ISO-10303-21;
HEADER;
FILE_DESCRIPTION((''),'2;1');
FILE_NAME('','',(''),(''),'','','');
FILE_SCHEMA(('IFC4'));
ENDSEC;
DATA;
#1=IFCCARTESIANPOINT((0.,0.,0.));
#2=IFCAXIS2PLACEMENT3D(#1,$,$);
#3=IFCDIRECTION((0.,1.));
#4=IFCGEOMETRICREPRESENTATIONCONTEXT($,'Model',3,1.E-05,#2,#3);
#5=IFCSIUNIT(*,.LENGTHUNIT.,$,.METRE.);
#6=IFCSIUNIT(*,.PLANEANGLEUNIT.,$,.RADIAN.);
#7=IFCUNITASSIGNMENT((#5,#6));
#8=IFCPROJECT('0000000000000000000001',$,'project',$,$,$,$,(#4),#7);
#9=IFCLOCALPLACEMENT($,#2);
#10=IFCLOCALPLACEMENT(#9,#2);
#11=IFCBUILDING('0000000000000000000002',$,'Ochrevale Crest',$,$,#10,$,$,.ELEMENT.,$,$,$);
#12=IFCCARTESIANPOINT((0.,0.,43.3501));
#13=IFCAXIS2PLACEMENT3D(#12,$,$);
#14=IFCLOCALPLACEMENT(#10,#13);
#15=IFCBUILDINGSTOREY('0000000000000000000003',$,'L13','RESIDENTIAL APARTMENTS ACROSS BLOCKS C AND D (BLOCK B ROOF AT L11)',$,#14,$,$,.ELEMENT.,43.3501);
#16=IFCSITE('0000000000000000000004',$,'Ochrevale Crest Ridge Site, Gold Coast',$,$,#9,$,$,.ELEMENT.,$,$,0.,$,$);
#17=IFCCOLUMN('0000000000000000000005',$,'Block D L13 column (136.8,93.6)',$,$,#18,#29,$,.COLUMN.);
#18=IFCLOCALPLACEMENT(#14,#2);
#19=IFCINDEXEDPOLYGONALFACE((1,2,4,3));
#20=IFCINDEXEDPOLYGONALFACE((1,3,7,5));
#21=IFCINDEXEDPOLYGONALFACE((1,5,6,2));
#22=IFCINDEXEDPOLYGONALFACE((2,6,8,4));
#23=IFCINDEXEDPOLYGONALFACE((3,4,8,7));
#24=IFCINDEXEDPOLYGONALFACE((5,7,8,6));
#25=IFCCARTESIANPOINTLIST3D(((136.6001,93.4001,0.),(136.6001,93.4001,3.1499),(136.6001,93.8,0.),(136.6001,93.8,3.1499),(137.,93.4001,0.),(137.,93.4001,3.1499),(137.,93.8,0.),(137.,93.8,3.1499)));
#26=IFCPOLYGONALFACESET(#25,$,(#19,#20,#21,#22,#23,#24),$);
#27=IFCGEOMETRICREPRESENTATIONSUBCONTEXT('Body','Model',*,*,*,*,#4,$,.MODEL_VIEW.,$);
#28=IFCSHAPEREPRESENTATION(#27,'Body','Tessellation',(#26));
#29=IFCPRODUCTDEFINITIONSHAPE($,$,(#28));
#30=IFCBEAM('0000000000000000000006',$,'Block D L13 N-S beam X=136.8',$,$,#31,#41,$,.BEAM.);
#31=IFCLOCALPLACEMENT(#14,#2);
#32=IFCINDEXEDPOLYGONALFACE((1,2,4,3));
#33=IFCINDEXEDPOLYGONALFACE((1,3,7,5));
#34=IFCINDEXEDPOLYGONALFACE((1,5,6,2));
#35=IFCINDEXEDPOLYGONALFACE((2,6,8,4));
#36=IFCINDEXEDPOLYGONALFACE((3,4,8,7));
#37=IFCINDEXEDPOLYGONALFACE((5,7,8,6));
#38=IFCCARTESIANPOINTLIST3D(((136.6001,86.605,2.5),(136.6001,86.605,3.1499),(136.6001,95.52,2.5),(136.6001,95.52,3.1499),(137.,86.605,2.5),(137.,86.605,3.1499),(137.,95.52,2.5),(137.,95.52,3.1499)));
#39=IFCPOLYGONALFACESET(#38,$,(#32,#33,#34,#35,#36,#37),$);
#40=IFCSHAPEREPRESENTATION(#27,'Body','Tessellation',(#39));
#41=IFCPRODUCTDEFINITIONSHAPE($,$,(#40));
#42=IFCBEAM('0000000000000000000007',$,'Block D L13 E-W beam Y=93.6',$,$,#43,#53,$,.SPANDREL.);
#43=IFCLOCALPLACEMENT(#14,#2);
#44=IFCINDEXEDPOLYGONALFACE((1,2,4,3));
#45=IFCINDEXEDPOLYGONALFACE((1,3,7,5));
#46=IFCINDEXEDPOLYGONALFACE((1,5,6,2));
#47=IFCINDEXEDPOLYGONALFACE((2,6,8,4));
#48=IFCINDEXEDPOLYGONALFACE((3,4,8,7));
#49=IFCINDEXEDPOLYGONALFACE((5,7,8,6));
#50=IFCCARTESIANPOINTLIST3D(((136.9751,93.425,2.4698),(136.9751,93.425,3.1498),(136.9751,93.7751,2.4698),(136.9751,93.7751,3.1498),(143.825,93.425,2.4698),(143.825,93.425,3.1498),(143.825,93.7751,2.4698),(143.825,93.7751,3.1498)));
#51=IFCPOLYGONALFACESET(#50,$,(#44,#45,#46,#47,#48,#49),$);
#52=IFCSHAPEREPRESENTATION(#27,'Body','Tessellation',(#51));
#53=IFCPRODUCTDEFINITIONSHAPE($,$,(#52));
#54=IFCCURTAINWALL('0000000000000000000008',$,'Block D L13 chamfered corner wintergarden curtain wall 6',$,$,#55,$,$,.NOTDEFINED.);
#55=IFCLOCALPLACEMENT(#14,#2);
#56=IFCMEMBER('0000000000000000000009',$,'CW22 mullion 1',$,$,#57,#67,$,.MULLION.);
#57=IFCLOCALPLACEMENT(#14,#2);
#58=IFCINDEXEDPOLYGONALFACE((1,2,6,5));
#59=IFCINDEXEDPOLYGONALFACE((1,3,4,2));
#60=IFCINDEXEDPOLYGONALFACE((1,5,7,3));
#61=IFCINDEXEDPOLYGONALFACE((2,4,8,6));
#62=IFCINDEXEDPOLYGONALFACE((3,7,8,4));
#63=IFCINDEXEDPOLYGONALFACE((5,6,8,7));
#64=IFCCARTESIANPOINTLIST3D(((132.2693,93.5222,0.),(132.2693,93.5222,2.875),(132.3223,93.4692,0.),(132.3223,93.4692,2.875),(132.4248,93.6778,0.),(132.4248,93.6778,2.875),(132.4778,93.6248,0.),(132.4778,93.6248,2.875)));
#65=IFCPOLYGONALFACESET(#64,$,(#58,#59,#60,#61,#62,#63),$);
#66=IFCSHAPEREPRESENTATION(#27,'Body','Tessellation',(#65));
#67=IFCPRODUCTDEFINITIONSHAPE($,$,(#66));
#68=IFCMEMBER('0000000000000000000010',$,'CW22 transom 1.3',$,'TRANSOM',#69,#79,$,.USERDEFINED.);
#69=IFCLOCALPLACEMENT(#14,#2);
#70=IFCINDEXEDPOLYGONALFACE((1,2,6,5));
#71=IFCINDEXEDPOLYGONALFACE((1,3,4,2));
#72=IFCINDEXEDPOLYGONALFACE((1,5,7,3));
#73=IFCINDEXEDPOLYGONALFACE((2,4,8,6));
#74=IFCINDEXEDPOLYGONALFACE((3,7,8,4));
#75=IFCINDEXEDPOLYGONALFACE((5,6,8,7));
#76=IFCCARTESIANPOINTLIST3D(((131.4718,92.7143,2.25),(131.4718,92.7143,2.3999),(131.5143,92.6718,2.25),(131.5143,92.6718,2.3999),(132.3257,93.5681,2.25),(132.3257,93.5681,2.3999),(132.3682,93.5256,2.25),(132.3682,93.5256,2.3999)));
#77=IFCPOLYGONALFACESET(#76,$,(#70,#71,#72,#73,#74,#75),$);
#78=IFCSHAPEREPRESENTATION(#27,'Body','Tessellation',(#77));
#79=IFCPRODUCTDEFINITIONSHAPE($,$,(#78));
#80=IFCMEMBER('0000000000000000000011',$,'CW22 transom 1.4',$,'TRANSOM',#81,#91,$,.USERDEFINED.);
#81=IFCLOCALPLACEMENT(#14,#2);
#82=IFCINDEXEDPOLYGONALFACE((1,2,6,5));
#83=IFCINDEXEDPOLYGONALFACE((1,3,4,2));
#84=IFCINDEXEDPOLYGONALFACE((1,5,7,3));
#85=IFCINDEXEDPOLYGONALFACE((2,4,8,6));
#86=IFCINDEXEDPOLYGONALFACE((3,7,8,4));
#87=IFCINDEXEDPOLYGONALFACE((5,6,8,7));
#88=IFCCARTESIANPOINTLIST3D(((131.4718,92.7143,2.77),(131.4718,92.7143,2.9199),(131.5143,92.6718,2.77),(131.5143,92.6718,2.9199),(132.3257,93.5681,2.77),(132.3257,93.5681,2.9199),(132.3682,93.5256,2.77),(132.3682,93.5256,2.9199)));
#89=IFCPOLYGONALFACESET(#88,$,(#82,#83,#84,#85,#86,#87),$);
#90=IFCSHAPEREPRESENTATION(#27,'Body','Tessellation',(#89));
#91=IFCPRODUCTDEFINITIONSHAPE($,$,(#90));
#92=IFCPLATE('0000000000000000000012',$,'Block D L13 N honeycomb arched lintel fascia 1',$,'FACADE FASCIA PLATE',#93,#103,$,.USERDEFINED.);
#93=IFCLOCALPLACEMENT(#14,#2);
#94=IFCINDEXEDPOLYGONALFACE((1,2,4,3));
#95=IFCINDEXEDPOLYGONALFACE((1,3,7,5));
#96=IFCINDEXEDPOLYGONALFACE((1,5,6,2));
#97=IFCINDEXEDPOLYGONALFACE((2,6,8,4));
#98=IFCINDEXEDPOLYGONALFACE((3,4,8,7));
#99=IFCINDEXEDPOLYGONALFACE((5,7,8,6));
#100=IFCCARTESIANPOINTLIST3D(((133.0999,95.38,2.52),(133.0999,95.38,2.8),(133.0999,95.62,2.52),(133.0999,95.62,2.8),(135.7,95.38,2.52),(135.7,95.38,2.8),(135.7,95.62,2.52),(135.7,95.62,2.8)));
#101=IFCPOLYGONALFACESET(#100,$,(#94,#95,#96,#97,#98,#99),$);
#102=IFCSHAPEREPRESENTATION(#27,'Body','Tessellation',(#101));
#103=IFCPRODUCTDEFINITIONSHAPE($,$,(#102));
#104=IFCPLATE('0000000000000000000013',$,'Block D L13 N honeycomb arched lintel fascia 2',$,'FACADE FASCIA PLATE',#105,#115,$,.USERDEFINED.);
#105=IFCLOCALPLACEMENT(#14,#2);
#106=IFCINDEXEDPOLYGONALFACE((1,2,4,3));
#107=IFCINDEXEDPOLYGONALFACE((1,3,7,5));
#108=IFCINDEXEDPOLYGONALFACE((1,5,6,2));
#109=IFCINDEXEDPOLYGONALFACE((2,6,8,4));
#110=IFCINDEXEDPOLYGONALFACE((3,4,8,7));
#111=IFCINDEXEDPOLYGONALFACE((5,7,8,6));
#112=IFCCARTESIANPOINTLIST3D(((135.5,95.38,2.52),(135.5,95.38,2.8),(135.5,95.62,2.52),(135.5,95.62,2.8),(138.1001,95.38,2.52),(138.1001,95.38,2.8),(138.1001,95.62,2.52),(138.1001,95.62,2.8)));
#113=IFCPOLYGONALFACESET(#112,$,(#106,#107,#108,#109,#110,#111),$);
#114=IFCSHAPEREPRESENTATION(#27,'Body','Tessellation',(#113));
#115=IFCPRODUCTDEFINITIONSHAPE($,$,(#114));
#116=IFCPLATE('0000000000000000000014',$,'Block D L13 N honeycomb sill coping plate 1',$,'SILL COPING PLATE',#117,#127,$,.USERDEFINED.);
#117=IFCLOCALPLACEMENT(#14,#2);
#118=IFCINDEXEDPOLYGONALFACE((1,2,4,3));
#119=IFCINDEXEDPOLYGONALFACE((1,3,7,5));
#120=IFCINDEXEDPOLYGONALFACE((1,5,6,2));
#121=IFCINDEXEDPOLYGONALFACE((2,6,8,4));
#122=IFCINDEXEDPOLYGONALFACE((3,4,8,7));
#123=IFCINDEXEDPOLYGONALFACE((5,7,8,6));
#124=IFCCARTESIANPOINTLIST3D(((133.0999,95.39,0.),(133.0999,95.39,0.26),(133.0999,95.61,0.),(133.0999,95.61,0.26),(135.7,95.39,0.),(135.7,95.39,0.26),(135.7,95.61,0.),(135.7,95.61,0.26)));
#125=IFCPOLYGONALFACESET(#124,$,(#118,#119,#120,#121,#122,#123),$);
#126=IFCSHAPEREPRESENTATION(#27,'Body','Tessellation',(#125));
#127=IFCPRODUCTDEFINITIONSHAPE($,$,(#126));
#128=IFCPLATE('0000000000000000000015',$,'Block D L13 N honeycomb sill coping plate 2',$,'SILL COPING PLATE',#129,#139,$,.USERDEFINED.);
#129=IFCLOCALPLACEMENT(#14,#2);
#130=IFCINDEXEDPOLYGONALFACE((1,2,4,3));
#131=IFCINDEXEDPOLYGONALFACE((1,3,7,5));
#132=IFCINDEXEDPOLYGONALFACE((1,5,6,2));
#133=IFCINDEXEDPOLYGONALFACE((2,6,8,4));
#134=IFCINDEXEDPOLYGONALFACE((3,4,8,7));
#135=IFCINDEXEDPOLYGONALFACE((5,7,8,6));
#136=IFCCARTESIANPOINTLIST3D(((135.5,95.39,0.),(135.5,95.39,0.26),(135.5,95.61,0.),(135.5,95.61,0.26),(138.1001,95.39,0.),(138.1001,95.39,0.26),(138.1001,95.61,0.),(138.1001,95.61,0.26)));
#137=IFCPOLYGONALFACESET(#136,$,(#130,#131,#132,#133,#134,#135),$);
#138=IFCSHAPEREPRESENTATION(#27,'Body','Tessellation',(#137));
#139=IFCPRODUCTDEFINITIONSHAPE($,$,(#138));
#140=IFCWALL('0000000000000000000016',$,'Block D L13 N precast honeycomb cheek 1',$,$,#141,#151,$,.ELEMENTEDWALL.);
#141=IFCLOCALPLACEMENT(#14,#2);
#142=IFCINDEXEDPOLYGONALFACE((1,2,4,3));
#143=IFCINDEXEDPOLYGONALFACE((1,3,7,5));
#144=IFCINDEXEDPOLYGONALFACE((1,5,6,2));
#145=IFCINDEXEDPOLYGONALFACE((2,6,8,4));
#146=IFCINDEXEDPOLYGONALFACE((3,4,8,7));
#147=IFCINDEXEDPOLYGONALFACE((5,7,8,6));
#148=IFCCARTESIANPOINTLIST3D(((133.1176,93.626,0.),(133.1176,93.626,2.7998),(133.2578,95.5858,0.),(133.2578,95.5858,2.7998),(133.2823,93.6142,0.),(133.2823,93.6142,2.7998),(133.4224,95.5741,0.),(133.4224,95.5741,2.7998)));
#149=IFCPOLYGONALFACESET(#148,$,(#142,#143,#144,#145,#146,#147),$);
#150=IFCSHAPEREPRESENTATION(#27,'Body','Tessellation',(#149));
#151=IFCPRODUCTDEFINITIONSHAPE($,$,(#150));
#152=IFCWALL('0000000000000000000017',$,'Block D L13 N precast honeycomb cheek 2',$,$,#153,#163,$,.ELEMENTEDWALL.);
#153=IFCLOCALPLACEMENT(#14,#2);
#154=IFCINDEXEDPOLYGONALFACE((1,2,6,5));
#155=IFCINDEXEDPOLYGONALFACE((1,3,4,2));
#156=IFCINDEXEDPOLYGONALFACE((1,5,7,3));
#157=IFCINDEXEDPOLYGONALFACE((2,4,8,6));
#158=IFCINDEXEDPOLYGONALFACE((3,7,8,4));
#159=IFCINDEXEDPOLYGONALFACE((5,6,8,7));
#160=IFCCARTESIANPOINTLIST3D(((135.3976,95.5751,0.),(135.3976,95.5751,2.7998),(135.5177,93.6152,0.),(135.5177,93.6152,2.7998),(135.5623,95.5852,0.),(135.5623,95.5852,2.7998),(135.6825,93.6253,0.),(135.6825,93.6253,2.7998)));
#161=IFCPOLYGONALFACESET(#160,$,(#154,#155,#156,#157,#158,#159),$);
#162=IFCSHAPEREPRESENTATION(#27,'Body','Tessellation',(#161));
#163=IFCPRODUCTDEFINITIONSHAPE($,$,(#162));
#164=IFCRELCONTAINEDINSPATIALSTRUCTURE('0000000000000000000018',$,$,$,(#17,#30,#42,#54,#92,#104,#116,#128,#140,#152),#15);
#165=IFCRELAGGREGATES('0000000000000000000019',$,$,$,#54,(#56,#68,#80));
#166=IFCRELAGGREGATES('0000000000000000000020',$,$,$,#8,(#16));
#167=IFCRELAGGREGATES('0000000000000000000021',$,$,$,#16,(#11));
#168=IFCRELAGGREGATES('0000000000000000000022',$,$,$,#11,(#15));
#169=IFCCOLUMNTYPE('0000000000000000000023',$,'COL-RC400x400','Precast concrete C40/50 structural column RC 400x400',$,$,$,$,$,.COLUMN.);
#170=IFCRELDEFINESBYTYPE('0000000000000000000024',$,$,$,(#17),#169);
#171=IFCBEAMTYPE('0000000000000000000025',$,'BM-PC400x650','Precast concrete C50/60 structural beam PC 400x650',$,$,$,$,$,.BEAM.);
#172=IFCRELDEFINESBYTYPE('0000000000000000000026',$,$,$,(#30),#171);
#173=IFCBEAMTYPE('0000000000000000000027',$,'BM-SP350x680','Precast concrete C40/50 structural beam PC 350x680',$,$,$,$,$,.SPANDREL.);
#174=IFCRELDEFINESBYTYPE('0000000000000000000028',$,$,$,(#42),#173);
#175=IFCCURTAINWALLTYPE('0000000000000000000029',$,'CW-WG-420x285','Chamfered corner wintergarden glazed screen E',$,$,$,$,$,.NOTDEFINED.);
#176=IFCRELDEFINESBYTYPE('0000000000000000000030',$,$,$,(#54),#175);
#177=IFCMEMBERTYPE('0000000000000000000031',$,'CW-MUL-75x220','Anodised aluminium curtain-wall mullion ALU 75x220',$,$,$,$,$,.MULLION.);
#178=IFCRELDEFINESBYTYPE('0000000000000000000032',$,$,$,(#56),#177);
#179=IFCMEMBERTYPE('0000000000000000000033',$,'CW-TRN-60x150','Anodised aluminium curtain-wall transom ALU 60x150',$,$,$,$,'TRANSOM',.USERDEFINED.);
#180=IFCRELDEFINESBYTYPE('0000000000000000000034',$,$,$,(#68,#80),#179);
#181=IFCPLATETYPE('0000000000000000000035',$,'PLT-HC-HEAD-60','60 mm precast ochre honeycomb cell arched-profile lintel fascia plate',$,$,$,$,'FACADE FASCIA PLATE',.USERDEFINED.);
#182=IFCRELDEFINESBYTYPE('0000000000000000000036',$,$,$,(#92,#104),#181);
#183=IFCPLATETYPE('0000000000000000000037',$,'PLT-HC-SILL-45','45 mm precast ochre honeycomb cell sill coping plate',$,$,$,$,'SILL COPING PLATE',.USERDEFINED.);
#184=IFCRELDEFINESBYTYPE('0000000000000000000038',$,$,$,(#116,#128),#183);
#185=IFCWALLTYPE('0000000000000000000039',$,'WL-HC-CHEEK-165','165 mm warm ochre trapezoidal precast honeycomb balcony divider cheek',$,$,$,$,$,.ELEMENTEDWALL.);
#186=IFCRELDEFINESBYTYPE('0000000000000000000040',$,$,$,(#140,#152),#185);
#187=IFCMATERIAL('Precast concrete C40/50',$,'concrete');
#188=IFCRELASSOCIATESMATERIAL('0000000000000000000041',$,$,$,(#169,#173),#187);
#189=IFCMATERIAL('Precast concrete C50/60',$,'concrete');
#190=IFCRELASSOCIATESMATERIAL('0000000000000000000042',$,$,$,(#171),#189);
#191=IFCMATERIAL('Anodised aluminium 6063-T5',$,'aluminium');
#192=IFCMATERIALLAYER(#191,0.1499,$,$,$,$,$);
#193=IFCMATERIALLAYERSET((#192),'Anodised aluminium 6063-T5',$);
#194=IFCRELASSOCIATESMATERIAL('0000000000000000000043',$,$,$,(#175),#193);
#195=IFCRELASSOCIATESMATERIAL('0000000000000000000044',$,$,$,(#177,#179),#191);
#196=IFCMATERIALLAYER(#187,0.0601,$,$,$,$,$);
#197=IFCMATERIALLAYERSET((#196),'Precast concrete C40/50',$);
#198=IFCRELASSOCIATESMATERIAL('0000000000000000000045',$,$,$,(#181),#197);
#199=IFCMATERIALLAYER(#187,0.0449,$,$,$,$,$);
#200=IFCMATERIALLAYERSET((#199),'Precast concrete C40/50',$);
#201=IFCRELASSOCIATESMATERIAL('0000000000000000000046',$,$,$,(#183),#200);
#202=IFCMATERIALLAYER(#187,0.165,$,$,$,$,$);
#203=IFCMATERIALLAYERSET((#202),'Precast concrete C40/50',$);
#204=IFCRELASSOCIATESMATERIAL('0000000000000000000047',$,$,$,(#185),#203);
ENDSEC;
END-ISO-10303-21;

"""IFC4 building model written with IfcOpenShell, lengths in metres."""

from ifc_helpers import new_model, si_unit, direction, frame, frame_2d, origin, origin_2d, place, context, subcontext, project, spatial, rectangle, extrude, material, layer, layer_set, material_profile, profile_set, type_object, element, aggregate, save


model = new_model("IFC4")

# Units and contexts
model_context = context("Model", 3, precision=1e-05, world=origin(), true_north=direction((0.0, 1.0)))
body_context = subcontext(model_context, "Body", "Model", "MODEL_VIEW")
ifc_project = project(units=[si_unit("LENGTHUNIT", "METRE"), si_unit("PLANEANGLEUNIT", "RADIAN")], contexts=[model_context])

# Site, building, storey
site_placement = place(None, origin())
site = spatial("IfcSite", under=ifc_project, at=site_placement, Name="Ochrevale Crest Ridge Site, Gold Coast", CompositionType="ELEMENT", RefElevation=0.0)
building_placement = place(site_placement, origin())
building = spatial("IfcBuilding", under=site, at=building_placement, Name="Ochrevale Crest", CompositionType="ELEMENT")
storey_placement = place(building_placement, frame((0.0, 0.0, 43.3501)))
storey = spatial("IfcBuildingStorey", under=building, at=storey_placement, Name="L13", Description="RESIDENTIAL APARTMENTS ACROSS BLOCKS C AND D (BLOCK B ROOF AT L11)", CompositionType="ELEMENT", Elevation=43.3501)

# Column
ifc_material_1 = material(Name="Precast concrete C40/50", Category="concrete")
ifc_material_profile_1 = material_profile(ifc_material_1, rectangle(XDim=0.3999, YDim=0.3999, at=origin_2d()), Name="RC 400x400")
ifc_profile_set_1 = profile_set([ifc_material_profile_1], Name="Precast concrete C40/50")
column_type = type_object("IfcColumnType", Name="COL-RC400x400", Description="Precast concrete C40/50 structural column RC 400x400", PredefinedType="COLUMN", material=ifc_profile_set_1)
column_placement = place(storey_placement, frame((136.8, 93.6001, 0.0), z_axis=(0.0, 0.0, 1.0), x_axis=(1.0, 0.0, 0.0)))
element("IfcColumn", 1, at=column_placement, inside=storey, type_object=column_type, Name="Block D L13 column (136.8,93.6)", PredefinedType="COLUMN", context=body_context, shape_type="SweptSolid", body=[
    extrude(rectangle(XDim=0.3999, YDim=0.3999, at=origin_2d()), origin(), (0.0, 0.0, 1.0), 3.1499),
])

# Beams
ifc_material_2 = material(Name="Precast concrete C50/60", Category="concrete")
ifc_material_profile_2 = material_profile(ifc_material_2, rectangle(XDim=0.3999, YDim=0.6499, at=origin_2d()), Name="PC 400x650")
ifc_profile_set_2 = profile_set([ifc_material_profile_2], Name="Precast concrete C50/60")
beam_type_1 = type_object("IfcBeamType", Name="BM-PC400x650", Description="Precast concrete C50/60 structural beam PC 400x650", PredefinedType="BEAM", material=ifc_profile_set_2)
beam_1_placement = place(storey_placement, frame((136.8, 86.605, 2.825), z_axis=(0.0, 1.0, 0.0), x_axis=(-1.0, 0.0, 0.0)))
element("IfcBeam", 2, at=beam_1_placement, inside=storey, type_object=beam_type_1, Name="Block D L13 N-S beam X=136.8", PredefinedType="BEAM", context=body_context, shape_type="SweptSolid", body=[
    extrude(rectangle(XDim=0.3999, YDim=0.6499, at=origin_2d()), origin(), (0.0, 0.0, 1.0), 8.915),
])
ifc_material_profile_3 = material_profile(ifc_material_1, rectangle(XDim=0.3501, YDim=0.6799, at=origin_2d()), Name="PC 350x680")
ifc_profile_set_3 = profile_set([ifc_material_profile_3], Name="Precast concrete C40/50")
beam_type_2 = type_object("IfcBeamType", Name="BM-SP350x680", Description="Precast concrete C40/50 structural beam PC 350x680", PredefinedType="SPANDREL", material=ifc_profile_set_3)
beam_2_placement = place(storey_placement, frame((136.9751, 93.6001, 2.8098), z_axis=(1.0, 0.0, 0.0), x_axis=(0.0, 1.0, 0.0)))
element("IfcBeam", 3, at=beam_2_placement, inside=storey, type_object=beam_type_2, Name="Block D L13 E-W beam Y=93.6", PredefinedType="SPANDREL", context=body_context, shape_type="SweptSolid", body=[
    extrude(rectangle(XDim=0.3501, YDim=0.6799, at=origin_2d()), origin(), (0.0, 0.0, 1.0), 6.8499),
])

# Curtain wall, members
ifc_material_3 = material(Name="Anodised aluminium 6063-T5", Category="aluminium")
ifc_layer_1 = layer(ifc_material_3, 0.1499)
ifc_layer_set_1 = layer_set([ifc_layer_1], Name="Anodised aluminium 6063-T5")
curtain_wall_type = type_object("IfcCurtainWallType", Name="CW-WG-420x285", Description="Chamfered corner wintergarden glazed screen E", PredefinedType="NOTDEFINED", material=ifc_layer_set_1)
curtain_wall_placement = place(storey_placement, origin())
curtain_wall = element("IfcCurtainWall", 4, at=curtain_wall_placement, inside=storey, type_object=curtain_wall_type, Name="Block D L13 chamfered corner wintergarden curtain wall 6", PredefinedType="NOTDEFINED")
ifc_material_profile_4 = material_profile(ifc_material_3, rectangle(XDim=0.075, YDim=0.22, at=origin_2d()), Name="ALU 75x220")
ifc_profile_set_4 = profile_set([ifc_material_profile_4], Name="Anodised aluminium 6063-T5")
member_type_1 = type_object("IfcMemberType", Name="CW-MUL-75x220", Description="Anodised aluminium curtain-wall mullion ALU 75x220", PredefinedType="MULLION", material=ifc_profile_set_4)
member_1_placement = place(storey_placement, frame((132.3735, 93.5735, 0.0), z_axis=(0.0, 0.0, 1.0), x_axis=(0.707107, -0.707107, 0.0)))
member_1 = element("IfcMember", 5, at=member_1_placement, type_object=member_type_1, Name="CW22 mullion 1", PredefinedType="MULLION", context=body_context, shape_type="SweptSolid", body=[
    extrude(rectangle(XDim=0.075, YDim=0.22, at=origin_2d()), origin(), (0.0, 0.0, 1.0), 2.875),
])
ifc_material_profile_5 = material_profile(ifc_material_3, rectangle(XDim=0.0601, YDim=0.1499, at=origin_2d()), Name="ALU 60x150")
ifc_profile_set_5 = profile_set([ifc_material_profile_5], Name="Anodised aluminium 6063-T5")
member_type_2 = type_object("IfcMemberType", Name="CW-TRN-60x150", Description="Anodised aluminium curtain-wall transom ALU 60x150", ElementType="TRANSOM", PredefinedType="USERDEFINED", material=ifc_profile_set_5)
member_2_placement = place(storey_placement, frame((132.3469, 93.5469, 2.325), z_axis=(-0.707107, -0.707107, 0.0), x_axis=(0.707107, -0.707107, 0.0)))
member_2 = element("IfcMember", 6, at=member_2_placement, type_object=member_type_2, Name="CW22 transom 1.3", ObjectType="TRANSOM", PredefinedType="USERDEFINED", context=body_context, shape_type="SweptSolid", body=[
    extrude(rectangle(XDim=0.0601, YDim=0.1499, at=origin_2d()), origin(), (0.0, 0.0, 1.0), 1.2075),
])
member_3_placement = place(storey_placement, frame((132.3469, 93.5469, 2.845), z_axis=(-0.707107, -0.707107, 0.0), x_axis=(0.707107, -0.707107, 0.0)))
member_3 = element("IfcMember", 7, at=member_3_placement, type_object=member_type_2, Name="CW22 transom 1.4", ObjectType="TRANSOM", PredefinedType="USERDEFINED", context=body_context, shape_type="SweptSolid", body=[
    extrude(rectangle(XDim=0.0601, YDim=0.1499, at=origin_2d()), origin(), (0.0, 0.0, 1.0), 1.2075),
])
aggregate(curtain_wall, [member_1, member_2, member_3])

# Plates
ifc_layer_2 = layer(ifc_material_1, 0.0601)
ifc_layer_set_2 = layer_set([ifc_layer_2], Name="Precast concrete C40/50")
plate_type_1 = type_object("IfcPlateType", Name="PLT-HC-HEAD-60", Description="60 mm precast ochre honeycomb cell arched-profile lintel fascia plate", ElementType="FACADE FASCIA PLATE", PredefinedType="USERDEFINED", material=ifc_layer_set_2)
for number, where, z_axis, x_axis, name in (
    (8, (134.3999, 95.5, 2.52), (0.0, 0.0, 1.0), (1.0, 0.0, 0.0), "Block D L13 N honeycomb arched lintel fascia 1"),
    (9, (136.8, 95.5, 2.52), (0.0, 0.0, 1.0), (1.0, 0.0, 0.0), "Block D L13 N honeycomb arched lintel fascia 2"),
):
    element("IfcPlate", number, at=place(storey_placement, frame(where, z_axis=z_axis, x_axis=x_axis)), inside=storey, type_object=plate_type_1, Name=name, ObjectType="FACADE FASCIA PLATE", PredefinedType="USERDEFINED", context=body_context, shape_type="SweptSolid", body=[
        extrude(rectangle(XDim=2.6001, YDim=0.24, at=origin_2d()), origin(), (0.0, 0.0, 1.0), 0.28),
    ])
ifc_layer_3 = layer(ifc_material_1, 0.0449)
ifc_layer_set_3 = layer_set([ifc_layer_3], Name="Precast concrete C40/50")
plate_type_2 = type_object("IfcPlateType", Name="PLT-HC-SILL-45", Description="45 mm precast ochre honeycomb cell sill coping plate", ElementType="SILL COPING PLATE", PredefinedType="USERDEFINED", material=ifc_layer_set_3)
for number, where, z_axis, x_axis, name in (
    (10, (134.3999, 95.5, 0.0), (0.0, 0.0, 1.0), (1.0, 0.0, 0.0), "Block D L13 N honeycomb sill coping plate 1"),
    (11, (136.8, 95.5, 0.0), (0.0, 0.0, 1.0), (1.0, 0.0, 0.0), "Block D L13 N honeycomb sill coping plate 2"),
):
    element("IfcPlate", number, at=place(storey_placement, frame(where, z_axis=z_axis, x_axis=x_axis)), inside=storey, type_object=plate_type_2, Name=name, ObjectType="SILL COPING PLATE", PredefinedType="USERDEFINED", context=body_context, shape_type="SweptSolid", body=[
        extrude(rectangle(XDim=2.6001, YDim=0.22, at=origin_2d()), origin(), (0.0, 0.0, 1.0), 0.26),
    ])

# Walls
ifc_layer_4 = layer(ifc_material_1, 0.165)
ifc_layer_set_4 = layer_set([ifc_layer_4], Name="Precast concrete C40/50")
wall_type_1 = type_object("IfcWallType", Name="WL-HC-CHEEK-165", Description="165 mm warm ochre trapezoidal precast honeycomb balcony divider cheek", PredefinedType="ELEMENTEDWALL", material=ifc_layer_set_4)
wall_1_placement = place(storey_placement, frame((133.2, 93.6201, 0.0), z_axis=(0.0, 0.0, 1.0), x_axis=(0.071318, 0.997454, 0.0)))
element("IfcWall", 12, at=wall_1_placement, inside=storey, type_object=wall_type_1, Name="Block D L13 N precast honeycomb cheek 1", PredefinedType="ELEMENTEDWALL", context=body_context, shape_type="SweptSolid", body=[
    extrude(rectangle(XDim=1.9648, YDim=0.165, at=frame_2d((0.9824, 0.0))), origin(), (0.0, 0.0, 1.0), 2.7998),
])
wall_2_placement = place(storey_placement, frame((135.6001, 93.6201, 0.0), z_axis=(0.0, 0.0, 1.0), x_axis=(-0.061171, 0.998127, 0.0)))
element("IfcWall", 13, at=wall_2_placement, inside=storey, type_object=wall_type_1, Name="Block D L13 N precast honeycomb cheek 2", PredefinedType="ELEMENTEDWALL", context=body_context, shape_type="SweptSolid", body=[
    extrude(rectangle(XDim=1.9636, YDim=0.165, at=frame_2d((0.9819, 0.0))), origin(), (0.0, 0.0, 1.0), 2.7998),
])

save(model, "model.ifc")
